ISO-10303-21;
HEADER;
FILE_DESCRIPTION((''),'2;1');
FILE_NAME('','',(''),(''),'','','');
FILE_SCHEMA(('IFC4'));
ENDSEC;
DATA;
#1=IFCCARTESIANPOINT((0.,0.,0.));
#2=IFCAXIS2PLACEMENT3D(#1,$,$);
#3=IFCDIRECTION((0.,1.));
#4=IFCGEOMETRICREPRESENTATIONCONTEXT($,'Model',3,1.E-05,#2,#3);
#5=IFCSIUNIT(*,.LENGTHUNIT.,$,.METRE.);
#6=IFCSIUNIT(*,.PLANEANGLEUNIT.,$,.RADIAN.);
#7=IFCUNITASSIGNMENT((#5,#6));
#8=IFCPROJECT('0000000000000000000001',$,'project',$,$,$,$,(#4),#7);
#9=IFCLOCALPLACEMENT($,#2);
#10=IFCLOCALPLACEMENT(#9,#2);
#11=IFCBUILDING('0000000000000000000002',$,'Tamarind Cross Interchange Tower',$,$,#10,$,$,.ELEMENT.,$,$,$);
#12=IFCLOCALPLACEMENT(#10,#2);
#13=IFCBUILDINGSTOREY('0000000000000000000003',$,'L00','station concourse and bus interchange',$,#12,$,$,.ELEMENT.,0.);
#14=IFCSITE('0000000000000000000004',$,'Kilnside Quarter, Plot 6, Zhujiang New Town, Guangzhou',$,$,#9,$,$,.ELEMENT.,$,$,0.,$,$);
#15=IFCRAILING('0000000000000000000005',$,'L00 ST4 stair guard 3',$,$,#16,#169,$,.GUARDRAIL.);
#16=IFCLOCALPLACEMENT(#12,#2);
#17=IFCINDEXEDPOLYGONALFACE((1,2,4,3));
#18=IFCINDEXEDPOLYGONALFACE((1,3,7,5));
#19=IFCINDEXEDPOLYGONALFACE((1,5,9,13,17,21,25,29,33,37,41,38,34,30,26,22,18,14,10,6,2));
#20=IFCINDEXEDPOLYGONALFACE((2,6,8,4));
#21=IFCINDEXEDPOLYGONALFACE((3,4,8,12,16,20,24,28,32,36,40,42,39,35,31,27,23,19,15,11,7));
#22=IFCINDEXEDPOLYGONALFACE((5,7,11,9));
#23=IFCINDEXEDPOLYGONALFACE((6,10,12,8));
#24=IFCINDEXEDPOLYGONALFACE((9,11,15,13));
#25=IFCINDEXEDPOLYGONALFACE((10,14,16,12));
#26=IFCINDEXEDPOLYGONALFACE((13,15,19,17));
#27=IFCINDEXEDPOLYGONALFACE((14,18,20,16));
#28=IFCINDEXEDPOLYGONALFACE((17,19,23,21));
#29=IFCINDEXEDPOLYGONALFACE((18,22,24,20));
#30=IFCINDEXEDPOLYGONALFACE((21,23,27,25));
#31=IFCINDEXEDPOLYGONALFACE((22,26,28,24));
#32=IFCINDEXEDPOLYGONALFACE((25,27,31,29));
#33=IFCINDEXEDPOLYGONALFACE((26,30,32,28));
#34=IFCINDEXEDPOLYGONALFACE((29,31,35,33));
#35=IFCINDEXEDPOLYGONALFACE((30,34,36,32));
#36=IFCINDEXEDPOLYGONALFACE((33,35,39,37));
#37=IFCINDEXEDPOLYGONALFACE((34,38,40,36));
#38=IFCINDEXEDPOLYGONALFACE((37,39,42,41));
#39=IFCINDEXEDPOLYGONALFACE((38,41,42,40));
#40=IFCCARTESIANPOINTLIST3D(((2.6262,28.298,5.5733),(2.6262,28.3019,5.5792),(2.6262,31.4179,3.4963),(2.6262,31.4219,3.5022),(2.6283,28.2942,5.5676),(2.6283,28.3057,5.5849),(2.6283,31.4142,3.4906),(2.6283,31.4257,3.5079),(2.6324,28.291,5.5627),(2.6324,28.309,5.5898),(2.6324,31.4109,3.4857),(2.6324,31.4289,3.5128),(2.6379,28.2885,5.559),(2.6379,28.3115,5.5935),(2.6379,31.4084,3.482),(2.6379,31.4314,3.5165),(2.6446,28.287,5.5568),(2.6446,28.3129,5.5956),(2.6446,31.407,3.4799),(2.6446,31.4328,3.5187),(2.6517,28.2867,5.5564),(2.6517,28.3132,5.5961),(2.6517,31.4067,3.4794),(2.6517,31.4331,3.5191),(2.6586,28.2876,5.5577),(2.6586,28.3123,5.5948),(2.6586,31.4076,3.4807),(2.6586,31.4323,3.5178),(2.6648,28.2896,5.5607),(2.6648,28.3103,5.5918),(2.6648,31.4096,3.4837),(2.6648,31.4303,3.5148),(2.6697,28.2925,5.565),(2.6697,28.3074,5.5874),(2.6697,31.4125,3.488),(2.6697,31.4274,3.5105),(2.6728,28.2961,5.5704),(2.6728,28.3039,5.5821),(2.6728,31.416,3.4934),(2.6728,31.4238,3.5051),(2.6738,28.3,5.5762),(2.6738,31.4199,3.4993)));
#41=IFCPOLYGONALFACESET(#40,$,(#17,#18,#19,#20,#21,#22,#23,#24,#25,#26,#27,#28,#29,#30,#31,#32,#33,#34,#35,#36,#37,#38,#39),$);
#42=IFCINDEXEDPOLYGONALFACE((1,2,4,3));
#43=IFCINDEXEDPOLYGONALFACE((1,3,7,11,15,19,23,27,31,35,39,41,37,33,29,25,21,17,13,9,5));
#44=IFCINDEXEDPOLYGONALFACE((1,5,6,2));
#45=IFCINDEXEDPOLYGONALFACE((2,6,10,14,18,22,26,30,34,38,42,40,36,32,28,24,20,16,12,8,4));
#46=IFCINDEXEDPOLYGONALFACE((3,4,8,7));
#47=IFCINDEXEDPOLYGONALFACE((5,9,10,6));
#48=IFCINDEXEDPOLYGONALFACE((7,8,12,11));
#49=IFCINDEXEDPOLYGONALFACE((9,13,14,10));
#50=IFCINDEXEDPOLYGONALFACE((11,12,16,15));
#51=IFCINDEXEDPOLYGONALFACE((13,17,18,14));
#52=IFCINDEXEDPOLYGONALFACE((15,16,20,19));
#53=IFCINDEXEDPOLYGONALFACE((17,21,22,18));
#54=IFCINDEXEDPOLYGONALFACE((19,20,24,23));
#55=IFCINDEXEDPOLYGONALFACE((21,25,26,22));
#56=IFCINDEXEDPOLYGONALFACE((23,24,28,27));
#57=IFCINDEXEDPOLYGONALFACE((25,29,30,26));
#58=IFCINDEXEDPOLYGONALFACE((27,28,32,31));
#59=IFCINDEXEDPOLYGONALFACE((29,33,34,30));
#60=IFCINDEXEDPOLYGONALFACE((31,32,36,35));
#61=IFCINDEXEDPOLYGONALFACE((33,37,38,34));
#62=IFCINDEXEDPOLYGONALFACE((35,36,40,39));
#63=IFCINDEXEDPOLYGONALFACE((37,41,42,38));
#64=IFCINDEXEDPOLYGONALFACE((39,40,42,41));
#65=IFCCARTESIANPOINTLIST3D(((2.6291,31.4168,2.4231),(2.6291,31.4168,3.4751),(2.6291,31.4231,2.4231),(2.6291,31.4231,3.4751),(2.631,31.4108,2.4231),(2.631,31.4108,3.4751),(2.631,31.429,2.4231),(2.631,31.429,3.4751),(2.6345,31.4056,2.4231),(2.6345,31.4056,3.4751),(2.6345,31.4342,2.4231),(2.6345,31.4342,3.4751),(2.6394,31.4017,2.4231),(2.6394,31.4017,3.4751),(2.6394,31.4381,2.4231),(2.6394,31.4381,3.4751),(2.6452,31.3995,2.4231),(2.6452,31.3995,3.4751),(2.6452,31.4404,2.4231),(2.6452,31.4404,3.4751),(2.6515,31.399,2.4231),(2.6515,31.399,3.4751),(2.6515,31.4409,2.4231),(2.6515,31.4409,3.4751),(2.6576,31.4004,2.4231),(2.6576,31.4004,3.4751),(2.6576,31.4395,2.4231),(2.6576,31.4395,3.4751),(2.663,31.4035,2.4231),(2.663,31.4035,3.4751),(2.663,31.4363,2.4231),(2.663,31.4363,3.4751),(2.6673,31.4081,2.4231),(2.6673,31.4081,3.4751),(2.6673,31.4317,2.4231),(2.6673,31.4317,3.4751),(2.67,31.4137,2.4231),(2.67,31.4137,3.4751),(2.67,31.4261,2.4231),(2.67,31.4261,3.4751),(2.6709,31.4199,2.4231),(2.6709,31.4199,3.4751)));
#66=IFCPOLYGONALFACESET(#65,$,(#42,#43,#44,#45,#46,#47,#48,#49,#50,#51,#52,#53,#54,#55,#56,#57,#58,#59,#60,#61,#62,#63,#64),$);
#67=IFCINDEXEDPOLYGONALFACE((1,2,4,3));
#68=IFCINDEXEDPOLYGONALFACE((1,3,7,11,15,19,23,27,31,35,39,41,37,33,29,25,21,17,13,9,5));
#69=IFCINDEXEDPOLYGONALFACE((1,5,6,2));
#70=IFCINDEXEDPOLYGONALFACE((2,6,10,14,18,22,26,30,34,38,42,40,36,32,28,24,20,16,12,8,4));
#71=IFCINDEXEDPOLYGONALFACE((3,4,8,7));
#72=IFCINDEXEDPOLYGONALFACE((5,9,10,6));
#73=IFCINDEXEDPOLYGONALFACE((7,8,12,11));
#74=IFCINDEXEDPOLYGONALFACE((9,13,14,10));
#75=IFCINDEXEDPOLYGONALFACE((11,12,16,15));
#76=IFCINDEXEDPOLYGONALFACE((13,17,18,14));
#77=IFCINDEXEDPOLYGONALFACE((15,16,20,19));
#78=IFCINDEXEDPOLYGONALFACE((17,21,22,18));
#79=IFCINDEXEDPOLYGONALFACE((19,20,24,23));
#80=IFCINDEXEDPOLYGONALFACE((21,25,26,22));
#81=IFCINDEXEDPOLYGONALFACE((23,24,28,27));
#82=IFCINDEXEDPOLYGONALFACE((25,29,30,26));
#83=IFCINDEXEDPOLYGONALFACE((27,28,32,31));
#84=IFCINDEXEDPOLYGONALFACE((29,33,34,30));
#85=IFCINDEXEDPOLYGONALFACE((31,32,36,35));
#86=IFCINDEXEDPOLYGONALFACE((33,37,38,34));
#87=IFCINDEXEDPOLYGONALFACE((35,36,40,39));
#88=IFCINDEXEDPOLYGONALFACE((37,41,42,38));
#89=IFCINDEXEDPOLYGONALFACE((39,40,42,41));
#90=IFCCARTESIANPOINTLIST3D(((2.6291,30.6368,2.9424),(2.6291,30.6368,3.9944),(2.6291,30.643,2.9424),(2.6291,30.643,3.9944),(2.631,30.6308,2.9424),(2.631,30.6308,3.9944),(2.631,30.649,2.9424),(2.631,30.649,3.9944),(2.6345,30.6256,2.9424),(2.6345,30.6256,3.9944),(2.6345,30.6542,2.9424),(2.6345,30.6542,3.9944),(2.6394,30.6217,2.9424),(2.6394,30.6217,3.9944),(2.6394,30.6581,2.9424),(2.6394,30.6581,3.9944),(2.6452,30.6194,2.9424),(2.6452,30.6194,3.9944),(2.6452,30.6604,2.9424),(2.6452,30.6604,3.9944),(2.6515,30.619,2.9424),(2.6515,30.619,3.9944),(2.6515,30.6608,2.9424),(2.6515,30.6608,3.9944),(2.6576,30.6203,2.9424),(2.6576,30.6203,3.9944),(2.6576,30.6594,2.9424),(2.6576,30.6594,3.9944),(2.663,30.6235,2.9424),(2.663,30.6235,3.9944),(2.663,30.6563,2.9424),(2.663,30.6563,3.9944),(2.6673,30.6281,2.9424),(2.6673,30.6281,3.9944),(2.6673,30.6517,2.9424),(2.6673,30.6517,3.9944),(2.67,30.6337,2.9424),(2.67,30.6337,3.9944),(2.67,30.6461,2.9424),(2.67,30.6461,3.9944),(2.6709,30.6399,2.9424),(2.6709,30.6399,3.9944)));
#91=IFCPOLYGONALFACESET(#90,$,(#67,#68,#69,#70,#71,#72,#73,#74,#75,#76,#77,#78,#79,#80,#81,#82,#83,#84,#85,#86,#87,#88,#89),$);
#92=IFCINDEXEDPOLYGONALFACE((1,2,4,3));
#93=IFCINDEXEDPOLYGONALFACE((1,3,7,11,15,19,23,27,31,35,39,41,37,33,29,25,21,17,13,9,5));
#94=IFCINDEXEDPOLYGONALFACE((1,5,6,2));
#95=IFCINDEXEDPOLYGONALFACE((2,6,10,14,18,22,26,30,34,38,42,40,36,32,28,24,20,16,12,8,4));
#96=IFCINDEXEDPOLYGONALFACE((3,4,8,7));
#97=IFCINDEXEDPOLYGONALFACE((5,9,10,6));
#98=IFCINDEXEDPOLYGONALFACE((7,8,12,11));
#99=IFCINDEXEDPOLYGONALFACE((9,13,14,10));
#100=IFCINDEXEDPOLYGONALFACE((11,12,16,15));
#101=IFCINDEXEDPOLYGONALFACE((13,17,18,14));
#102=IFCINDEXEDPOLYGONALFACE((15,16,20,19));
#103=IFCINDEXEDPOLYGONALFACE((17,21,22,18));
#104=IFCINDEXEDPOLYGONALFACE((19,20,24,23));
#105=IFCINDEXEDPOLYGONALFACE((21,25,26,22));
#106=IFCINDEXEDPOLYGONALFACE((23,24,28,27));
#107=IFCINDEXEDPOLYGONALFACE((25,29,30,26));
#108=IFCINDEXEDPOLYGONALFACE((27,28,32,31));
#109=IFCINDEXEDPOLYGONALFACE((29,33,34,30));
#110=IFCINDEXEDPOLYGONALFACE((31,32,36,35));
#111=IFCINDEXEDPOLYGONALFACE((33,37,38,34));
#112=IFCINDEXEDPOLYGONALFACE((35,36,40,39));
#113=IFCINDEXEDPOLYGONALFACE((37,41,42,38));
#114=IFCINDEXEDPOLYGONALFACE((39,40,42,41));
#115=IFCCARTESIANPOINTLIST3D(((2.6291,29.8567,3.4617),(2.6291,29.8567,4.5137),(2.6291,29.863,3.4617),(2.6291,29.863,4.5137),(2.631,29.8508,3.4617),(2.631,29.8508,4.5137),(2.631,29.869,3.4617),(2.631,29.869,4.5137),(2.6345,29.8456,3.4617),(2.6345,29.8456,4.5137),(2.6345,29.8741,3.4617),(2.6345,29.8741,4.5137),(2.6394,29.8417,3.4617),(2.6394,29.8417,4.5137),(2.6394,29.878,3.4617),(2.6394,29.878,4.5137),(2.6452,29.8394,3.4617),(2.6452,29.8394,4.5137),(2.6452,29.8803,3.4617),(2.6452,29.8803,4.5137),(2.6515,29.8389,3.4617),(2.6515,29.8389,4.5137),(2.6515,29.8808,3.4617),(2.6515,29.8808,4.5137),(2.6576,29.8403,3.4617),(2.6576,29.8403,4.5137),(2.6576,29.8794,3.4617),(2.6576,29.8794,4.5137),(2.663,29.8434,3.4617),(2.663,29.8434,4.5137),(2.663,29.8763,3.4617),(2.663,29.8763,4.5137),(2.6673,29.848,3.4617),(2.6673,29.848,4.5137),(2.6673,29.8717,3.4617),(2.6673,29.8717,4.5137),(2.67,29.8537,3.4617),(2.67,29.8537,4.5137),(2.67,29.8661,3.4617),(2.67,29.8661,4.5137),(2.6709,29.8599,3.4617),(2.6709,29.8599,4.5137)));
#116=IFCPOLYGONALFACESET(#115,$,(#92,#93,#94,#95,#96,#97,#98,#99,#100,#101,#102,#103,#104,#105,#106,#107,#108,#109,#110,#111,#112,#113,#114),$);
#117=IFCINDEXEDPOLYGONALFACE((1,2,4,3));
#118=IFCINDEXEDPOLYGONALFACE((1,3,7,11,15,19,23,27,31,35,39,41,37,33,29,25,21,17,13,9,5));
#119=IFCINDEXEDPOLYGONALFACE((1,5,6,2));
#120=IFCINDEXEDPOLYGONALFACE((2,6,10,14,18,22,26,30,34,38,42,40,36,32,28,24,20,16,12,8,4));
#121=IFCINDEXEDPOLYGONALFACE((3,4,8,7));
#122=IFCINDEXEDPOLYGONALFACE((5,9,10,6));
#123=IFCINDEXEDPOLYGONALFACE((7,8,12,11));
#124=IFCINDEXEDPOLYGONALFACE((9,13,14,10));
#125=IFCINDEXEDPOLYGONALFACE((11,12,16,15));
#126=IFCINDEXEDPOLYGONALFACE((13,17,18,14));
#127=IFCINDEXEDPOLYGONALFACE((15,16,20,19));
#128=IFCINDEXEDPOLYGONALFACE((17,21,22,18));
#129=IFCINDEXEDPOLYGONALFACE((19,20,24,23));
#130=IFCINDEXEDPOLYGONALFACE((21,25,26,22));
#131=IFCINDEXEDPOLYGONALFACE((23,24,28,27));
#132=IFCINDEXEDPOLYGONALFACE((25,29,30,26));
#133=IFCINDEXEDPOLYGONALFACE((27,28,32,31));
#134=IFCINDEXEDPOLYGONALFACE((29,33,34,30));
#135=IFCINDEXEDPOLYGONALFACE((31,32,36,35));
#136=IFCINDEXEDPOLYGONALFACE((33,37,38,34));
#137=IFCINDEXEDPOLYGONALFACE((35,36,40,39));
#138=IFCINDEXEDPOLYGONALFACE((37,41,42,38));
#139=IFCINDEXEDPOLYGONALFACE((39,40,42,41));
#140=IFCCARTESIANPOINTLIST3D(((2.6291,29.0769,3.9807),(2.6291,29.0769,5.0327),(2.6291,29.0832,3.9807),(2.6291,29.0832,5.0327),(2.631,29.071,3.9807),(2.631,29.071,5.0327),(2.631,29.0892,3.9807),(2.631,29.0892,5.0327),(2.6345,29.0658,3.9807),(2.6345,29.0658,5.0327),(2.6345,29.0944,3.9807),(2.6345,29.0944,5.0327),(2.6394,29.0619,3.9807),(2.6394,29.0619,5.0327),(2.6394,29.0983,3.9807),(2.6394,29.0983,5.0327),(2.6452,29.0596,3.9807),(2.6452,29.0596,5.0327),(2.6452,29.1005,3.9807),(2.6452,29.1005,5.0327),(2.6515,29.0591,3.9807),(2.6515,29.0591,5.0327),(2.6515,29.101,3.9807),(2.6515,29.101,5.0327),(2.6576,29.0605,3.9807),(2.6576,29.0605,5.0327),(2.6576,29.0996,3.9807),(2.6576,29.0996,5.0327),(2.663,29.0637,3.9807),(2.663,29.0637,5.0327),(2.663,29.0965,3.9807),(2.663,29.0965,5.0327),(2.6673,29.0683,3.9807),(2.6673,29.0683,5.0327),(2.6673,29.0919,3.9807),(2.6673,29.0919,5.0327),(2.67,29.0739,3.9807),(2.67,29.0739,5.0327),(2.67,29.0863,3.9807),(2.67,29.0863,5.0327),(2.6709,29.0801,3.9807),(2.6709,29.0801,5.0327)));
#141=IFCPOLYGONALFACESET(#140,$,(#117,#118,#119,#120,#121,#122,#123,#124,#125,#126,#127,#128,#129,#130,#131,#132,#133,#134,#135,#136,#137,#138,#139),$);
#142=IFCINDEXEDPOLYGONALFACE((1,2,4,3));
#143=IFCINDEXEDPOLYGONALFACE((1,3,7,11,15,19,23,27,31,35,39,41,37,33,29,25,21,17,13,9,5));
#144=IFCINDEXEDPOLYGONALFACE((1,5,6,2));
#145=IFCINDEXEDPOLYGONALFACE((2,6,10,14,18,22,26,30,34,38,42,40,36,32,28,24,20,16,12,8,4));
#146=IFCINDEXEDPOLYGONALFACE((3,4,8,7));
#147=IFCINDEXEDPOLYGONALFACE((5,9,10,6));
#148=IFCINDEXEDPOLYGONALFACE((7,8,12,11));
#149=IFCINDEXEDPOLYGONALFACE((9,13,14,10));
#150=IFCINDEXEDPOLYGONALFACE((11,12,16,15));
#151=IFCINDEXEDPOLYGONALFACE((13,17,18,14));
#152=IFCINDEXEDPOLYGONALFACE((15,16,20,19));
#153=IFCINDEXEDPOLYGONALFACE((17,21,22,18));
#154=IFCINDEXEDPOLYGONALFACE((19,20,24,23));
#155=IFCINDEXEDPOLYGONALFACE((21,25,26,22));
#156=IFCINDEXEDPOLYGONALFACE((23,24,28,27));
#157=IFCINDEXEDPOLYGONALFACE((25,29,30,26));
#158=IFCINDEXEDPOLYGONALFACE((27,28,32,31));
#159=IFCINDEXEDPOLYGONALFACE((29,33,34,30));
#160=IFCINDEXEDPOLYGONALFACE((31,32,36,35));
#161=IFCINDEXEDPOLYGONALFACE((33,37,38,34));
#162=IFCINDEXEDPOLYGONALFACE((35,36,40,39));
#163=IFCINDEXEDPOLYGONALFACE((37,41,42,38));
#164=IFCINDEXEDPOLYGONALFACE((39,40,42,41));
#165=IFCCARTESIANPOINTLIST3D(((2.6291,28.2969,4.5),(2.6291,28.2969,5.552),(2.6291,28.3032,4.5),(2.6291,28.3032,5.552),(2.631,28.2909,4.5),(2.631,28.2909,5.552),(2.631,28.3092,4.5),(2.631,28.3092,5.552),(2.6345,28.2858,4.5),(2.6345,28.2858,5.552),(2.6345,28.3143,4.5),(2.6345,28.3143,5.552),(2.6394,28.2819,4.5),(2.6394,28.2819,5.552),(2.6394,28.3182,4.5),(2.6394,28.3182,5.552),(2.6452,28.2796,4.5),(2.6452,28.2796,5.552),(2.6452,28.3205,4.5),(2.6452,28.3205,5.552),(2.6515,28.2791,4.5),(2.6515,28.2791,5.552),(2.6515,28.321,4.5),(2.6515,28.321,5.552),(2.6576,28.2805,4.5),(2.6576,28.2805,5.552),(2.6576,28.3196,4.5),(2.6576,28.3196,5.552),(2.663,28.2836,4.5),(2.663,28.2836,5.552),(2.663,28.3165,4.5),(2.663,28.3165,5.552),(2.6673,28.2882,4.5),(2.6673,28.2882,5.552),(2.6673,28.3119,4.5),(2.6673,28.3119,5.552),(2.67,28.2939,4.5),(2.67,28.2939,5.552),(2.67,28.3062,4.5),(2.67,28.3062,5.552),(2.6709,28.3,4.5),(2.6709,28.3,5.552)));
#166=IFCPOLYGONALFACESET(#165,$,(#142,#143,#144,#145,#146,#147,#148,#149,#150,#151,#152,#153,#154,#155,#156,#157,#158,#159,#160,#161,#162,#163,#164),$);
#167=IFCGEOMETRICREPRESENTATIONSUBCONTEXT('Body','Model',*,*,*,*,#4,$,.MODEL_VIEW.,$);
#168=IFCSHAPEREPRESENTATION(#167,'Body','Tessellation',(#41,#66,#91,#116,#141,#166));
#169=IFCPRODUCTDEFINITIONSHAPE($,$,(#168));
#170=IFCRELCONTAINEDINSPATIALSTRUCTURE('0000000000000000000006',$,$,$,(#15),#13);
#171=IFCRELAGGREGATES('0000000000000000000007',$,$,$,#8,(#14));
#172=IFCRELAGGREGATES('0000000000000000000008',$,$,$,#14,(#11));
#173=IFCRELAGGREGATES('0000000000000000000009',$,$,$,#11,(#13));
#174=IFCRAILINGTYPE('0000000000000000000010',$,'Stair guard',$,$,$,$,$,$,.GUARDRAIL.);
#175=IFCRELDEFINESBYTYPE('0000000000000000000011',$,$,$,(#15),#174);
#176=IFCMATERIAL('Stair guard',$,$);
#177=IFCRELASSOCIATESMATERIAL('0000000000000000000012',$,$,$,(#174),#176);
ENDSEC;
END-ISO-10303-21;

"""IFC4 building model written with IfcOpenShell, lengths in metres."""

from ifc_helpers import new_model, si_unit, direction, frame, origin, origin_2d, place, context, subcontext, project, spatial, circle, extrude, material, type_object, element, save


model = new_model("IFC4")

# Units and contexts
model_context = context("Model", 3, precision=1e-05, world=origin(), true_north=direction((0.0, 1.0)))
body_context = subcontext(model_context, "Body", "Model", "MODEL_VIEW")
ifc_project = project(units=[si_unit("LENGTHUNIT", "METRE"), si_unit("PLANEANGLEUNIT", "RADIAN")], contexts=[model_context])

# Site, building, storey
site_placement = place(None, origin())
site = spatial("IfcSite", under=ifc_project, at=site_placement, Name="Kilnside Quarter, Plot 6, Zhujiang New Town, Guangzhou", CompositionType="ELEMENT", RefElevation=0.0)
building_placement = place(site_placement, origin())
building = spatial("IfcBuilding", under=site, at=building_placement, Name="Tamarind Cross Interchange Tower", CompositionType="ELEMENT")
storey_placement = place(building_placement, origin())
storey = spatial("IfcBuildingStorey", under=building, at=storey_placement, Name="L00", Description="station concourse and bus interchange", CompositionType="ELEMENT", Elevation=0.0)

# Railing
ifc_material_1 = material(Name="Stair guard")
railing_type_1 = type_object("IfcRailingType", Name="Stair guard", PredefinedType="GUARDRAIL", material=ifc_material_1)
railing_1_placement = place(storey_placement, frame((2.6499, 31.4199, 2.4231)))
element("IfcRailing", 1, at=railing_1_placement, inside=storey, type_object=railing_type_1, Name="L00 ST4 stair guard 3", PredefinedType="GUARDRAIL", context=body_context, shape_type="SweptSolid", body=[
    extrude(circle(Radius=0.0239, at=origin_2d()), frame((0.0, 0.0, 1.0762), z_axis=(0.0, -0.832421, 0.554144), x_axis=(1.0, 0.0, 0.0)), (0.0, 0.0, 1.0), 3.748),
    extrude(circle(Radius=0.021, at=origin_2d()), origin(), (0.0, 0.0, 1.0), 1.052),
    extrude(circle(Radius=0.021, at=origin_2d()), frame((0.0, -0.78, 0.5193)), (0.0, 0.0, 1.0), 1.052),
    extrude(circle(Radius=0.021, at=origin_2d()), frame((0.0, -1.5601, 1.0386)), (0.0, 0.0, 1.0), 1.052),
    extrude(circle(Radius=0.021, at=origin_2d()), frame((0.0, -2.3398, 1.5576)), (0.0, 0.0, 1.0), 1.052),
    extrude(circle(Radius=0.021, at=origin_2d()), frame((0.0, -3.1199, 2.0769)), (0.0, 0.0, 1.0), 1.052),
])

save(model, "model.ifc")
